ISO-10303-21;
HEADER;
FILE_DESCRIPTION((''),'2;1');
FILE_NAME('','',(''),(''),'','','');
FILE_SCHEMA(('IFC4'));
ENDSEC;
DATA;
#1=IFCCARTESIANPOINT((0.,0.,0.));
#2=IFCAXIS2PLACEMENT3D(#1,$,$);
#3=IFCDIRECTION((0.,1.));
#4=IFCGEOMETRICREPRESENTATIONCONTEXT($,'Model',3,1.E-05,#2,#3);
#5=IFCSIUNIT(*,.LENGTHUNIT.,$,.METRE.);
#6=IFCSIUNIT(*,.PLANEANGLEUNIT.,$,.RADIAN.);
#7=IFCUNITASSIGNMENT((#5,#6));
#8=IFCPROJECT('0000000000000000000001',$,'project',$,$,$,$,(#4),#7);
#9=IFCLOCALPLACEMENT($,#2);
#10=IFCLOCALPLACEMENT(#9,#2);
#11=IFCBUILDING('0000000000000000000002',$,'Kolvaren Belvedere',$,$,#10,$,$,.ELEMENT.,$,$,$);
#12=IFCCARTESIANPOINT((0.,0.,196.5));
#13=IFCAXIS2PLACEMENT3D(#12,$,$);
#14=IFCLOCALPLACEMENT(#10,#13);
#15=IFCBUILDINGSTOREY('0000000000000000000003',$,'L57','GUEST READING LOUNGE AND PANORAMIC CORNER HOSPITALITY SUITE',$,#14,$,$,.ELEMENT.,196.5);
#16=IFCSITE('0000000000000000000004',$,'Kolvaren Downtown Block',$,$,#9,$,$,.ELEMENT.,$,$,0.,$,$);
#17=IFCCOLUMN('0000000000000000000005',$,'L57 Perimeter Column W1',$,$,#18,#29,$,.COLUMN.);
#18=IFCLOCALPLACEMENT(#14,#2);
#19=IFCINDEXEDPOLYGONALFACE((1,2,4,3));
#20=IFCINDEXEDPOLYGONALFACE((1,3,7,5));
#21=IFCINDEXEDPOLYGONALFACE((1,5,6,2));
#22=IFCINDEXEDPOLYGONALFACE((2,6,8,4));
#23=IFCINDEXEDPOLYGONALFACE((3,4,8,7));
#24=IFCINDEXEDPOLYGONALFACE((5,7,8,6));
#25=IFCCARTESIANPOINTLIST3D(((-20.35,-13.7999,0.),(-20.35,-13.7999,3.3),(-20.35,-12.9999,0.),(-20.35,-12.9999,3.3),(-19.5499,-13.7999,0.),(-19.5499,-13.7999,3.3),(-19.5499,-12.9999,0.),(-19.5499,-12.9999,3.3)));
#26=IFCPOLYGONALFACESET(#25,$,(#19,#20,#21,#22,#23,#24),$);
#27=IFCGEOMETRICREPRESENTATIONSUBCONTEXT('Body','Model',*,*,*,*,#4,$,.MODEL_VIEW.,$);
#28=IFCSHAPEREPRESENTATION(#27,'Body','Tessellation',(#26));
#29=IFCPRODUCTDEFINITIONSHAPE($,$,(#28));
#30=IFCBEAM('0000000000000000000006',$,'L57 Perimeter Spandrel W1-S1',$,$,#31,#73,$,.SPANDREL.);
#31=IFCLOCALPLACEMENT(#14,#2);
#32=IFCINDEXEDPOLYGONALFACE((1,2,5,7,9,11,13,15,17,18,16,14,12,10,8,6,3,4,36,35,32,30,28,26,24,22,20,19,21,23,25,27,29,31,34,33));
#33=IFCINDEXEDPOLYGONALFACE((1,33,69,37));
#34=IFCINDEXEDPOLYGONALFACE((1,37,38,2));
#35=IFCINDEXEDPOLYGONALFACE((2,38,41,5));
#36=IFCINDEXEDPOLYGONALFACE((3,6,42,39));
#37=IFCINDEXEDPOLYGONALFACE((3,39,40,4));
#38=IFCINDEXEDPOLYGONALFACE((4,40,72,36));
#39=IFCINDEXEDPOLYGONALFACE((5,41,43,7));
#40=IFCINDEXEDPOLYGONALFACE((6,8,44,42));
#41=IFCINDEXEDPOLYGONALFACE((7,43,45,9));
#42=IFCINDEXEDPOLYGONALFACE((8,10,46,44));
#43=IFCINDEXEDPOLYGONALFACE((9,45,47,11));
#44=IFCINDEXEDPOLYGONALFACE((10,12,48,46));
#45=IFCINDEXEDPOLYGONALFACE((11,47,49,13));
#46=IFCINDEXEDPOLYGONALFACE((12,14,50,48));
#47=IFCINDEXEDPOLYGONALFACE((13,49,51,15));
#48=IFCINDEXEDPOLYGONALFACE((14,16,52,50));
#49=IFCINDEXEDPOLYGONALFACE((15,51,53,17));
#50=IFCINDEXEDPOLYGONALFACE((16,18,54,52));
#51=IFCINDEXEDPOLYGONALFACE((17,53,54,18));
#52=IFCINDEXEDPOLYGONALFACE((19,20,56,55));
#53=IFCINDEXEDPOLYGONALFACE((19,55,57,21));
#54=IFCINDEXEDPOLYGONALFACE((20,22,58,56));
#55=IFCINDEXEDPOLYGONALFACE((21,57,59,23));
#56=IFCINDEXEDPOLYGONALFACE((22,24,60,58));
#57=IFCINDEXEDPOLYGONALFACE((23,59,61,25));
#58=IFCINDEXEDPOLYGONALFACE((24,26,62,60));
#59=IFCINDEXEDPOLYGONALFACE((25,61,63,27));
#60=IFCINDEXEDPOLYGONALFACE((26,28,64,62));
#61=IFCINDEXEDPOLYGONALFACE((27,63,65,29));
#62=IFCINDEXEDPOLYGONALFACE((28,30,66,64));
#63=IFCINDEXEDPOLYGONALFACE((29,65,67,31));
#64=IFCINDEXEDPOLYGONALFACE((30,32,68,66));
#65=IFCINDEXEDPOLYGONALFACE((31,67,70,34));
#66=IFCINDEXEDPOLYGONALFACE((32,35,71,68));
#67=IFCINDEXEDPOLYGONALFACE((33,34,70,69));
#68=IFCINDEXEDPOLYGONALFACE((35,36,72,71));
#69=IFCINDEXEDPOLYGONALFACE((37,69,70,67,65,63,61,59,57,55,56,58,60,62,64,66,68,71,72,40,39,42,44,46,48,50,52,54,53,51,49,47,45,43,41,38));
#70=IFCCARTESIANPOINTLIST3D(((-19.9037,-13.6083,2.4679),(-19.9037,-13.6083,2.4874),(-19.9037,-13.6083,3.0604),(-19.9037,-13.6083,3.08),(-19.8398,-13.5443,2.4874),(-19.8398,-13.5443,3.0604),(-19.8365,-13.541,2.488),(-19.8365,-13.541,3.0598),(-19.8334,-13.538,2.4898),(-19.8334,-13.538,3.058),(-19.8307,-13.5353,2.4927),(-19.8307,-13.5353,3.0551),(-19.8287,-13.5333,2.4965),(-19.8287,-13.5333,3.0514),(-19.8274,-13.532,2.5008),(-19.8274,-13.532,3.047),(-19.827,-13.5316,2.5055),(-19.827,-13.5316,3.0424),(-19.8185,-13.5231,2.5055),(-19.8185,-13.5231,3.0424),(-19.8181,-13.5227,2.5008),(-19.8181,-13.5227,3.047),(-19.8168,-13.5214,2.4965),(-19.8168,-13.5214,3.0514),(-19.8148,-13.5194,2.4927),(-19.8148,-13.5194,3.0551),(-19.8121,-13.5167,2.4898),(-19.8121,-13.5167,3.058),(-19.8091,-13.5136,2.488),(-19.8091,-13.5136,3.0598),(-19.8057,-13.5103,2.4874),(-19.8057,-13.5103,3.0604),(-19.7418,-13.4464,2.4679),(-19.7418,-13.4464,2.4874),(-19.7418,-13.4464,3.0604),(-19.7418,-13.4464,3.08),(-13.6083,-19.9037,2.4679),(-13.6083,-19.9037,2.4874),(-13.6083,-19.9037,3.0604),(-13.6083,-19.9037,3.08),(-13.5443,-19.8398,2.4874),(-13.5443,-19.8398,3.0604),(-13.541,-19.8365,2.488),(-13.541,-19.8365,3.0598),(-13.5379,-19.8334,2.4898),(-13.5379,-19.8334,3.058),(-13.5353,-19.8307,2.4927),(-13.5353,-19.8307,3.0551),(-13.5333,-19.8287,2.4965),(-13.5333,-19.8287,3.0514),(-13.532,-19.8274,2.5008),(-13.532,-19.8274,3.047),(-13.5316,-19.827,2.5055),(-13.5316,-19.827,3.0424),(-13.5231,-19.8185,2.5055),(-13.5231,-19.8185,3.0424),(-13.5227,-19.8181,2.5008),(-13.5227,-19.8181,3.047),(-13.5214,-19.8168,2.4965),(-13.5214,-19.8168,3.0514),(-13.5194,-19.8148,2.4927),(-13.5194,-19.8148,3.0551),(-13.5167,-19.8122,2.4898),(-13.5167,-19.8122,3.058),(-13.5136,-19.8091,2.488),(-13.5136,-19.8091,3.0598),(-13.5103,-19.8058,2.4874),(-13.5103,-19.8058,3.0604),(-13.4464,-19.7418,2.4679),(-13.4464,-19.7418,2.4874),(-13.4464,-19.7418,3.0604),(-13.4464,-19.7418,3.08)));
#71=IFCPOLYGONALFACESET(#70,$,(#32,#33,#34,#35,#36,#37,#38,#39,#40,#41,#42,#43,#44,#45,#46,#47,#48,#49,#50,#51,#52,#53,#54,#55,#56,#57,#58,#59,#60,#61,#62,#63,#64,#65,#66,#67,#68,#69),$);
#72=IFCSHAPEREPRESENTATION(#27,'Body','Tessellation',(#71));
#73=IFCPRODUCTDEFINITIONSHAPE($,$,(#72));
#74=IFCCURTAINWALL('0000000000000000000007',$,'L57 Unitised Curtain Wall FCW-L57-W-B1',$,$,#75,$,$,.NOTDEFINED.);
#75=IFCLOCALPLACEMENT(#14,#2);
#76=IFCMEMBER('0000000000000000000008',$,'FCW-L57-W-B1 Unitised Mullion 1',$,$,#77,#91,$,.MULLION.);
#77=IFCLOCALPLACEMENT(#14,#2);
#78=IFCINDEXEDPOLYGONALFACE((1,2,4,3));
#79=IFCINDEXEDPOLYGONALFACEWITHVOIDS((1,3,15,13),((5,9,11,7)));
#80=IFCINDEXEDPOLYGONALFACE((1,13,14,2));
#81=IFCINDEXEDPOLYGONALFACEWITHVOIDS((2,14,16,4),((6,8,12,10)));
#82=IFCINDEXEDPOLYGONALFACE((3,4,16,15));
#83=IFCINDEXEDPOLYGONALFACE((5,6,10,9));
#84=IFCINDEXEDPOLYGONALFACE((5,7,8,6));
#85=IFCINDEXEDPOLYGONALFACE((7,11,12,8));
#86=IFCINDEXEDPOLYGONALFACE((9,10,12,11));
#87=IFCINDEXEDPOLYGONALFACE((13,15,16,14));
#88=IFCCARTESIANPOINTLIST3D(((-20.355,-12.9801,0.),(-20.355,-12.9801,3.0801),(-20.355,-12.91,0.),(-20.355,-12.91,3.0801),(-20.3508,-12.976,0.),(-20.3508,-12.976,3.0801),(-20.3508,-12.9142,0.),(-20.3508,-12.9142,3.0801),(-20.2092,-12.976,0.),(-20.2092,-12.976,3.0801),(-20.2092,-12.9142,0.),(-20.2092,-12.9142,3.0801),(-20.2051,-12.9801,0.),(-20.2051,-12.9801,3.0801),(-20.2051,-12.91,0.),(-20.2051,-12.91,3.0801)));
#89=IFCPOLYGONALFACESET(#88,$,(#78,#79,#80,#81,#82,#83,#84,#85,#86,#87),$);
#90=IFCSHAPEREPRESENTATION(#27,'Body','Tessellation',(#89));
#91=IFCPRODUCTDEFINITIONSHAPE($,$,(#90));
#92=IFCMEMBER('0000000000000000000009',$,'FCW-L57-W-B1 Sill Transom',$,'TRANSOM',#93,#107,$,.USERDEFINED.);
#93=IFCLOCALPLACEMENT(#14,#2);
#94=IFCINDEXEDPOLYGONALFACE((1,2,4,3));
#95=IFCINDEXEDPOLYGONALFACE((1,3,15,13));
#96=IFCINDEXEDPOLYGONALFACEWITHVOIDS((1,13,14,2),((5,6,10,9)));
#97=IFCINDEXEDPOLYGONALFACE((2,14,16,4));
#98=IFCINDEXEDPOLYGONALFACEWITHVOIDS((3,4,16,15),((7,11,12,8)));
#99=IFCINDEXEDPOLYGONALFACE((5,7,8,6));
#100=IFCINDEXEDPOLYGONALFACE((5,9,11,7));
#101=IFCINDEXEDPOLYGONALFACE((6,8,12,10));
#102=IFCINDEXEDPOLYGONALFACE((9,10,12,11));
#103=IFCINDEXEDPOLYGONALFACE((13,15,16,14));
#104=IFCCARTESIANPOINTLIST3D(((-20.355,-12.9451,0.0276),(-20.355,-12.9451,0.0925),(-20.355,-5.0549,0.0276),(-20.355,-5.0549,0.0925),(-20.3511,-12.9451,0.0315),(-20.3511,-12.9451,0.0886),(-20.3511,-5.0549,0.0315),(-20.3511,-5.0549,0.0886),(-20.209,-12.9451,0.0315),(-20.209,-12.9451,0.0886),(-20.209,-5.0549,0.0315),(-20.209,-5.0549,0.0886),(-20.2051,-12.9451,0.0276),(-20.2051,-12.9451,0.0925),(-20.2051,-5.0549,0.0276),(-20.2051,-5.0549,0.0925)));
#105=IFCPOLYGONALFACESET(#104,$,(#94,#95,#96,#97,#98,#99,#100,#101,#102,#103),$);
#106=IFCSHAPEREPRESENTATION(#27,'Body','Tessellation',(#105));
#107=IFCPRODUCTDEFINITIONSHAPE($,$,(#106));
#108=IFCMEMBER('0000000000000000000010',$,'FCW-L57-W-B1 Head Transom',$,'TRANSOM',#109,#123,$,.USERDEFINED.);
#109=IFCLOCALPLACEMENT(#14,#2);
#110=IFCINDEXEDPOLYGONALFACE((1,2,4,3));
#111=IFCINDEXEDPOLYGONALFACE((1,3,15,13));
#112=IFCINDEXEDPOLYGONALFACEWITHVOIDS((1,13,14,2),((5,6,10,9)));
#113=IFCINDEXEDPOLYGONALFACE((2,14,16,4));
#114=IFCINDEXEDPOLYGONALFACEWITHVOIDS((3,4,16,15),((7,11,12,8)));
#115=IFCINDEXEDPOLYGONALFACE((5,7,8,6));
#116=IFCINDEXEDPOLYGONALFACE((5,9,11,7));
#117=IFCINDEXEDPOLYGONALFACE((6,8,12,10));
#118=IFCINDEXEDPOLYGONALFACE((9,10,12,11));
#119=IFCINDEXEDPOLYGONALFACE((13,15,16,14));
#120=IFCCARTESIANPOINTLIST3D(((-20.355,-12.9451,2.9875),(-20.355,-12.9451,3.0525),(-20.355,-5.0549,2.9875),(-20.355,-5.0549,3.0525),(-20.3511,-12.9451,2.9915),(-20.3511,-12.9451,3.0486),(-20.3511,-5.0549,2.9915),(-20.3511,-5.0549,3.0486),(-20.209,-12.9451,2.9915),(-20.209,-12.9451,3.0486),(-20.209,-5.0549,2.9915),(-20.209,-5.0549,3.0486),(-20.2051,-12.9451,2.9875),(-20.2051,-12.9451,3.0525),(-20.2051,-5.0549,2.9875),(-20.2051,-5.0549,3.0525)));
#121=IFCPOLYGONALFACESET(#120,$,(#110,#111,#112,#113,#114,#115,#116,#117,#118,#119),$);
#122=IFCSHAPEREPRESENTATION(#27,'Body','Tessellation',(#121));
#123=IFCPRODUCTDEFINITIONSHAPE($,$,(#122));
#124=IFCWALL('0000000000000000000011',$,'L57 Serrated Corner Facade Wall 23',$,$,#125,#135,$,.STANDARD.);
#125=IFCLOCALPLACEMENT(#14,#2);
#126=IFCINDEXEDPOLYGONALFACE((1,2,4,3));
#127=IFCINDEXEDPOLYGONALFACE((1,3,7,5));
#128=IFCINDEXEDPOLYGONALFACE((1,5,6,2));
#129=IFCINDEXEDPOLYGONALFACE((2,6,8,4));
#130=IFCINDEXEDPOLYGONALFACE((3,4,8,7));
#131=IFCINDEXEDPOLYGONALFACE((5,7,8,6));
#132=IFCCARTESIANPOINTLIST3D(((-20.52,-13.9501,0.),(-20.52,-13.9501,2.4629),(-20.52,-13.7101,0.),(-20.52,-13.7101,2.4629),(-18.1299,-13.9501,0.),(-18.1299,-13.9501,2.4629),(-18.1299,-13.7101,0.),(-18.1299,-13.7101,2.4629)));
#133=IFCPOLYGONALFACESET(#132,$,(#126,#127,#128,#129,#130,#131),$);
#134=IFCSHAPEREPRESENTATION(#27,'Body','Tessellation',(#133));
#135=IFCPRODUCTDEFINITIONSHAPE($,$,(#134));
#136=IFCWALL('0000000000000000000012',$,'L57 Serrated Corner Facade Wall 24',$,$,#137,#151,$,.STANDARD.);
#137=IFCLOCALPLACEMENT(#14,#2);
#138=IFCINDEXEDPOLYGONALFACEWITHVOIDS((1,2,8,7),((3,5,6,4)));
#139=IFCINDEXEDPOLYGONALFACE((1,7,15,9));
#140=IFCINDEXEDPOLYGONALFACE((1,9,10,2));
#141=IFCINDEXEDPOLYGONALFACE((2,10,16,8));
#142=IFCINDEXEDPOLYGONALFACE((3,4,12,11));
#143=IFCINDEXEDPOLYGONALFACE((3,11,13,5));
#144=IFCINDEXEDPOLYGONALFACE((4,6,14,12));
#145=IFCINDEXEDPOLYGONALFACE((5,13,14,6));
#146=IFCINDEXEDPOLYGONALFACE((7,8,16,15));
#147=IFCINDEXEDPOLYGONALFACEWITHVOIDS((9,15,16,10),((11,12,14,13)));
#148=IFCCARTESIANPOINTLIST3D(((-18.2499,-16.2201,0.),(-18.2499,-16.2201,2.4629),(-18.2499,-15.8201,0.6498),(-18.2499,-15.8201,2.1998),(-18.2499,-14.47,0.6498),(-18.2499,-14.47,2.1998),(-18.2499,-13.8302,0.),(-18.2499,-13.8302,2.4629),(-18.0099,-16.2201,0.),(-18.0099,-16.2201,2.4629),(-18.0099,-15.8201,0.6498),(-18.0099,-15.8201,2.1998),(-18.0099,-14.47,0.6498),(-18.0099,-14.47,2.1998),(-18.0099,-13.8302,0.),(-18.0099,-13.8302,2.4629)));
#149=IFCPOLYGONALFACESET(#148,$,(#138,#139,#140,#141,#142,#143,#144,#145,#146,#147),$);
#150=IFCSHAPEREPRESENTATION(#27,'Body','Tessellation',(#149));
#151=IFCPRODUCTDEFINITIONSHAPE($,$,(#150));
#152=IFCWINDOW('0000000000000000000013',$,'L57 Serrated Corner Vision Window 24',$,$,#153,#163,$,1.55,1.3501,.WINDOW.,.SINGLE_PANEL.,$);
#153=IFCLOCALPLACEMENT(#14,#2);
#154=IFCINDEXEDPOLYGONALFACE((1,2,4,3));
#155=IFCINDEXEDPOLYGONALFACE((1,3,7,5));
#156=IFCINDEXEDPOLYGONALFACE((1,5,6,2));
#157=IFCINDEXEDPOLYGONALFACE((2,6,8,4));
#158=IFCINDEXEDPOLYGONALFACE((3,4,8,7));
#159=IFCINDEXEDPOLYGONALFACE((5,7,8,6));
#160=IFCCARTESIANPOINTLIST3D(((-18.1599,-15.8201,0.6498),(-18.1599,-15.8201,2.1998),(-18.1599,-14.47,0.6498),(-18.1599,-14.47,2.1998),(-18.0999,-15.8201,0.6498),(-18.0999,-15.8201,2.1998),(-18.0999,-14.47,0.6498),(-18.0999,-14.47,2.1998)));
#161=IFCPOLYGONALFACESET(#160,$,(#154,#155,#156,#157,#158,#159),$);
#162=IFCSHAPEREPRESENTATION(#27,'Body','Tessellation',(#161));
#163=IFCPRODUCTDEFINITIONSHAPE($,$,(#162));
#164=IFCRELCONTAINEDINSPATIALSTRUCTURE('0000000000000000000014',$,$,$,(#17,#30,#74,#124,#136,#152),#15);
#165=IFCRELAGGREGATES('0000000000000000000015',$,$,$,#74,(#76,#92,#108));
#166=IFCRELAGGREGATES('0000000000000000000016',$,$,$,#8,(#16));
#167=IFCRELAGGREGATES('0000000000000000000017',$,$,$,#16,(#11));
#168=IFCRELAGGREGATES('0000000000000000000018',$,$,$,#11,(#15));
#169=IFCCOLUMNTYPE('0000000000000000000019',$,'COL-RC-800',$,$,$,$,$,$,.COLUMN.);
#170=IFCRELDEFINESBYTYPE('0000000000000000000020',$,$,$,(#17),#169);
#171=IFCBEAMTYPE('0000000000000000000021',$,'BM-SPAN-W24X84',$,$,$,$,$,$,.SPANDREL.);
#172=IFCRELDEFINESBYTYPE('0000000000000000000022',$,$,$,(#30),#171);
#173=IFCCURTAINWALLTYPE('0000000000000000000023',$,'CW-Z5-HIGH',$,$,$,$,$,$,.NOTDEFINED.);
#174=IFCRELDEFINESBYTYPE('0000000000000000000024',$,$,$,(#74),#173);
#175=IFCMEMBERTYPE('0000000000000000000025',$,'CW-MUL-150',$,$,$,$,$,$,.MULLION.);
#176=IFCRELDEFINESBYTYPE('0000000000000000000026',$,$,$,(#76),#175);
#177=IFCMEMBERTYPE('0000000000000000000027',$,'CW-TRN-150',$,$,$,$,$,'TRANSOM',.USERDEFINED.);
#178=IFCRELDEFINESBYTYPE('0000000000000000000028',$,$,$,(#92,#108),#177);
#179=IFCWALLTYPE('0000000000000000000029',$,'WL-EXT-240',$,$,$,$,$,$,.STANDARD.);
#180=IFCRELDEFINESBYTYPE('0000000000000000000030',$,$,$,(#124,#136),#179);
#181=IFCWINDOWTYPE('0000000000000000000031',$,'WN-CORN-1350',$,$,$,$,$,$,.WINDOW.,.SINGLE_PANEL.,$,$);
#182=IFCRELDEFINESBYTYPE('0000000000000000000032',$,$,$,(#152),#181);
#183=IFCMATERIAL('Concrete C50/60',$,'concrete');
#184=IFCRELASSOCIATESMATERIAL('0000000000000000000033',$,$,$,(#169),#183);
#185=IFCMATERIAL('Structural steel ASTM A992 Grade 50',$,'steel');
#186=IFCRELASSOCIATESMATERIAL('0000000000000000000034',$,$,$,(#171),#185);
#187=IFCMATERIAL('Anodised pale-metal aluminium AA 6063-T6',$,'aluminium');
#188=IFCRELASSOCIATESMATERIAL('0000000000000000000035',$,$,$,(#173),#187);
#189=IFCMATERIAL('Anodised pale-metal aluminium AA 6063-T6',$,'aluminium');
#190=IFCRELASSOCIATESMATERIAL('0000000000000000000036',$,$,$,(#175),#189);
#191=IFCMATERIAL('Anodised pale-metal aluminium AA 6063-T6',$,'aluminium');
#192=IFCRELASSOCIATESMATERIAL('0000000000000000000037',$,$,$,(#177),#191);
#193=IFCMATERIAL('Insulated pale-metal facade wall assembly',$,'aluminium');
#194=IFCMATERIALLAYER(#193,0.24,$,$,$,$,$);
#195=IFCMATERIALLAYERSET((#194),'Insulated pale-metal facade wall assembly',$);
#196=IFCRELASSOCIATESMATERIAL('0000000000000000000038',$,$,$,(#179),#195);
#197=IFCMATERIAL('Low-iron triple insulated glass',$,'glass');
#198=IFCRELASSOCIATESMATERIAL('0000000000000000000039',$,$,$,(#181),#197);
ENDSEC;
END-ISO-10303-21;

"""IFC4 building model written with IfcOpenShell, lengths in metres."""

from ifc_helpers import new_model, si_unit, direction, frame, frame_2d, origin, origin_2d, place, context, subcontext, project, spatial, rectangle, hollow_rectangle, i_section, extrude, material, layer, layer_set, material_profile, profile_set, type_object, element, fill, aggregate, save


model = new_model("IFC4")

# Units and contexts
model_context = context("Model", 3, precision=1e-05, world=origin(), true_north=direction((0.0, 1.0)))
body_context = subcontext(model_context, "Body", "Model", "MODEL_VIEW")
ifc_project = project(units=[si_unit("LENGTHUNIT", "METRE"), si_unit("PLANEANGLEUNIT", "RADIAN")], contexts=[model_context])

# Site, building, storey
site_placement = place(None, origin())
site = spatial("IfcSite", under=ifc_project, at=site_placement, Name="Kolvaren Downtown Block", CompositionType="ELEMENT", RefElevation=0.0)
building_placement = place(site_placement, origin())
building = spatial("IfcBuilding", under=site, at=building_placement, Name="Kolvaren Belvedere", CompositionType="ELEMENT")
storey_placement = place(building_placement, frame((0.0, 0.0, 196.5)))
storey = spatial("IfcBuildingStorey", under=building, at=storey_placement, Name="L57", Description="GUEST READING LOUNGE AND PANORAMIC CORNER HOSPITALITY SUITE", CompositionType="ELEMENT", Elevation=196.5)

# Column
ifc_material_1 = material(Name="Concrete C50/60", Category="concrete")
ifc_material_profile_1 = material_profile(ifc_material_1, rectangle(XDim=0.8, YDim=0.8, at=origin_2d()), Name="RC 800X800")
ifc_profile_set_1 = profile_set([ifc_material_profile_1], Name="Concrete C50/60")
column_type = type_object("IfcColumnType", Name="COL-RC-800", PredefinedType="COLUMN", material=ifc_profile_set_1)
column_placement = place(storey_placement, frame((-19.95, -13.3999, 0.0), z_axis=(0.0, 0.0, 1.0), x_axis=(1.0, 0.0, 0.0)))
element("IfcColumn", 1, at=column_placement, inside=storey, type_object=column_type, Name="L57 Perimeter Column W1", PredefinedType="COLUMN", context=body_context, shape_type="SweptSolid", body=[
    extrude(rectangle(XDim=0.8, YDim=0.8, at=origin_2d()), origin(), (0.0, 0.0, 1.0), 3.3),
])

# Beam
ifc_material_2 = material(Name="Structural steel ASTM A992 Grade 50", Category="steel")
ifc_material_profile_2 = material_profile(ifc_material_2, i_section(OverallWidth=0.229, OverallDepth=0.6121, WebThickness=0.012, FlangeThickness=0.0195, FilletRadius=0.0181, at=origin_2d()), Name="W24X84")
ifc_profile_set_2 = profile_set([ifc_material_profile_2], Name="Structural steel ASTM A992 Grade 50")
beam_type = type_object("IfcBeamType", Name="BM-SPAN-W24X84", PredefinedType="SPANDREL", material=ifc_profile_set_2)
beam_placement = place(storey_placement, frame((-19.8228, -13.5273, 2.7739), z_axis=(0.707107, -0.707107, 0.0), x_axis=(0.707107, 0.707107, 0.0)))
element("IfcBeam", 2, at=beam_placement, inside=storey, type_object=beam_type, Name="L57 Perimeter Spandrel W1-S1", PredefinedType="SPANDREL", context=body_context, shape_type="SweptSolid", body=[
    extrude(i_section(OverallWidth=0.229, OverallDepth=0.6121, WebThickness=0.012, FlangeThickness=0.0195, FilletRadius=0.0181, at=origin_2d()), origin(), (0.0, 0.0, 1.0), 8.9031),
])

# Curtain wall, members
ifc_material_3 = material(Name="Anodised pale-metal aluminium AA 6063-T6", Category="aluminium")
curtain_wall_type = type_object("IfcCurtainWallType", Name="CW-Z5-HIGH", PredefinedType="NOTDEFINED", material=ifc_material_3)
curtain_wall_placement = place(storey_placement, origin())
curtain_wall = element("IfcCurtainWall", 3, at=curtain_wall_placement, inside=storey, type_object=curtain_wall_type, Name="L57 Unitised Curtain Wall FCW-L57-W-B1", PredefinedType="NOTDEFINED")
ifc_material_4 = material(Name="Anodised pale-metal aluminium AA 6063-T6", Category="aluminium")
ifc_material_profile_3 = material_profile(ifc_material_4, hollow_rectangle(XDim=0.0701, YDim=0.1499, WallThickness=0.0042, at=origin_2d()), Name="ALU-MUL-150X70")
ifc_profile_set_3 = profile_set([ifc_material_profile_3], Name="Anodised pale-metal aluminium AA 6063-T6")
member_type_1 = type_object("IfcMemberType", Name="CW-MUL-150", PredefinedType="MULLION", material=ifc_profile_set_3)
member_1_placement = place(storey_placement, frame((-20.28, -12.9451, 0.0), z_axis=(0.0, 0.0, 1.0), x_axis=(0.0, 1.0, 0.0)))
member_1 = element("IfcMember", 4, at=member_1_placement, type_object=member_type_1, Name="FCW-L57-W-B1 Unitised Mullion 1", PredefinedType="MULLION", context=body_context, shape_type="SweptSolid", body=[
    extrude(hollow_rectangle(XDim=0.0701, YDim=0.1499, WallThickness=0.0042, at=origin_2d()), origin(), (0.0, 0.0, 1.0), 3.0801),
])
ifc_material_5 = material(Name="Anodised pale-metal aluminium AA 6063-T6", Category="aluminium")
ifc_material_profile_4 = material_profile(ifc_material_5, hollow_rectangle(XDim=0.0649, YDim=0.1499, WallThickness=0.0039, at=origin_2d()), Name="ALU-TRN-150X65")
ifc_profile_set_4 = profile_set([ifc_material_profile_4], Name="Anodised pale-metal aluminium AA 6063-T6")
member_type_2 = type_object("IfcMemberType", Name="CW-TRN-150", ElementType="TRANSOM", PredefinedType="USERDEFINED", material=ifc_profile_set_4)
member_2_placement = place(storey_placement, frame((-20.28, -12.9451, 0.0601), z_axis=(0.0, 1.0, 0.0), x_axis=(0.0, 0.0, 1.0)))
member_2 = element("IfcMember", 5, at=member_2_placement, type_object=member_type_2, Name="FCW-L57-W-B1 Sill Transom", ObjectType="TRANSOM", PredefinedType="USERDEFINED", context=body_context, shape_type="SweptSolid", body=[
    extrude(hollow_rectangle(XDim=0.0649, YDim=0.1499, WallThickness=0.0039, at=origin_2d()), origin(), (0.0, 0.0, 1.0), 7.8901),
])
member_3_placement = place(storey_placement, frame((-20.28, -12.9451, 3.02), z_axis=(0.0, 1.0, 0.0), x_axis=(0.0, 0.0, 1.0)))
member_3 = element("IfcMember", 6, at=member_3_placement, type_object=member_type_2, Name="FCW-L57-W-B1 Head Transom", ObjectType="TRANSOM", PredefinedType="USERDEFINED", context=body_context, shape_type="SweptSolid", body=[
    extrude(hollow_rectangle(XDim=0.0649, YDim=0.1499, WallThickness=0.0039, at=origin_2d()), origin(), (0.0, 0.0, 1.0), 7.8901),
])
aggregate(curtain_wall, [member_1, member_2, member_3])

# Wall
ifc_material_6 = material(Name="Insulated pale-metal facade wall assembly", Category="aluminium")
ifc_layer_1 = layer(ifc_material_6, 0.24)
ifc_layer_set_1 = layer_set([ifc_layer_1], Name="Insulated pale-metal facade wall assembly")
wall_type_1 = type_object("IfcWallType", Name="WL-EXT-240", PredefinedType="STANDARD", material=ifc_layer_set_1)
wall_1_placement = place(storey_placement, frame((-18.1299, -13.8301, 0.0), z_axis=(0.0, 0.0, 1.0), x_axis=(-1.0, 0.0, 0.0)))
element("IfcWall", 7, at=wall_1_placement, inside=storey, type_object=wall_type_1, Name="L57 Serrated Corner Facade Wall 23", PredefinedType="STANDARD", context=body_context, shape_type="SweptSolid", body=[
    extrude(rectangle(XDim=2.3901, YDim=0.24, at=frame_2d((1.1951, 0.0))), origin(), (0.0, 0.0, 1.0), 2.4629),
])

# Wall, opening, window
wall_2_placement = place(storey_placement, frame((-18.1299, -16.22, 0.0), z_axis=(0.0, 0.0, 1.0), x_axis=(0.0, 1.0, 0.0)))
wall_2 = element("IfcWall", 8, at=wall_2_placement, inside=storey, type_object=wall_type_1, Name="L57 Serrated Corner Facade Wall 24", PredefinedType="STANDARD", context=body_context, shape_type="SweptSolid", body=[
    extrude(rectangle(XDim=2.3899, YDim=0.24, at=frame_2d((1.1948, 0.0))), origin(), (0.0, 0.0, 1.0), 2.4629),
])
opening_1_placement = place(wall_2_placement, frame((0.3999, 0.0, 0.6499)))
opening_1 = element("IfcOpeningElement", 9, at=opening_1_placement, cuts=wall_2, PredefinedType="OPENING", context=body_context, shape_type="SweptSolid", body=[
    extrude(rectangle(XDim=1.3501, YDim=1.55, at=frame_2d((0.675, 0.7749))), frame((0.0, 0.1299, 0.0), z_axis=(0.0, -1.0, 0.0), x_axis=(1.0, 0.0, 0.0)), (0.0, 0.0, 1.0), 0.26),
])
ifc_material_7 = material(Name="Low-iron triple insulated glass", Category="glass")
window_type_1 = type_object("IfcWindowType", Name="WN-CORN-1350", PartitioningType="SINGLE_PANEL", PredefinedType="WINDOW", material=ifc_material_7)
window_1_placement = place(opening_1_placement, origin())
window_1 = element("IfcWindow", 10, at=window_1_placement, inside=storey, type_object=window_type_1, Name="L57 Serrated Corner Vision Window 24", OverallHeight=1.55, OverallWidth=1.3501, PartitioningType="SINGLE_PANEL", PredefinedType="WINDOW", context=body_context, shape_type="SweptSolid", body=[
    extrude(rectangle(XDim=1.3501, YDim=1.55, at=frame_2d((0.675, 0.7749))), frame((0.0, 0.03, 0.0), z_axis=(0.0, -1.0, 0.0), x_axis=(1.0, 0.0, 0.0)), (0.0, 0.0, 1.0), 0.0601),
])
fill(opening_1, window_1)

save(model, "model.ifc")
